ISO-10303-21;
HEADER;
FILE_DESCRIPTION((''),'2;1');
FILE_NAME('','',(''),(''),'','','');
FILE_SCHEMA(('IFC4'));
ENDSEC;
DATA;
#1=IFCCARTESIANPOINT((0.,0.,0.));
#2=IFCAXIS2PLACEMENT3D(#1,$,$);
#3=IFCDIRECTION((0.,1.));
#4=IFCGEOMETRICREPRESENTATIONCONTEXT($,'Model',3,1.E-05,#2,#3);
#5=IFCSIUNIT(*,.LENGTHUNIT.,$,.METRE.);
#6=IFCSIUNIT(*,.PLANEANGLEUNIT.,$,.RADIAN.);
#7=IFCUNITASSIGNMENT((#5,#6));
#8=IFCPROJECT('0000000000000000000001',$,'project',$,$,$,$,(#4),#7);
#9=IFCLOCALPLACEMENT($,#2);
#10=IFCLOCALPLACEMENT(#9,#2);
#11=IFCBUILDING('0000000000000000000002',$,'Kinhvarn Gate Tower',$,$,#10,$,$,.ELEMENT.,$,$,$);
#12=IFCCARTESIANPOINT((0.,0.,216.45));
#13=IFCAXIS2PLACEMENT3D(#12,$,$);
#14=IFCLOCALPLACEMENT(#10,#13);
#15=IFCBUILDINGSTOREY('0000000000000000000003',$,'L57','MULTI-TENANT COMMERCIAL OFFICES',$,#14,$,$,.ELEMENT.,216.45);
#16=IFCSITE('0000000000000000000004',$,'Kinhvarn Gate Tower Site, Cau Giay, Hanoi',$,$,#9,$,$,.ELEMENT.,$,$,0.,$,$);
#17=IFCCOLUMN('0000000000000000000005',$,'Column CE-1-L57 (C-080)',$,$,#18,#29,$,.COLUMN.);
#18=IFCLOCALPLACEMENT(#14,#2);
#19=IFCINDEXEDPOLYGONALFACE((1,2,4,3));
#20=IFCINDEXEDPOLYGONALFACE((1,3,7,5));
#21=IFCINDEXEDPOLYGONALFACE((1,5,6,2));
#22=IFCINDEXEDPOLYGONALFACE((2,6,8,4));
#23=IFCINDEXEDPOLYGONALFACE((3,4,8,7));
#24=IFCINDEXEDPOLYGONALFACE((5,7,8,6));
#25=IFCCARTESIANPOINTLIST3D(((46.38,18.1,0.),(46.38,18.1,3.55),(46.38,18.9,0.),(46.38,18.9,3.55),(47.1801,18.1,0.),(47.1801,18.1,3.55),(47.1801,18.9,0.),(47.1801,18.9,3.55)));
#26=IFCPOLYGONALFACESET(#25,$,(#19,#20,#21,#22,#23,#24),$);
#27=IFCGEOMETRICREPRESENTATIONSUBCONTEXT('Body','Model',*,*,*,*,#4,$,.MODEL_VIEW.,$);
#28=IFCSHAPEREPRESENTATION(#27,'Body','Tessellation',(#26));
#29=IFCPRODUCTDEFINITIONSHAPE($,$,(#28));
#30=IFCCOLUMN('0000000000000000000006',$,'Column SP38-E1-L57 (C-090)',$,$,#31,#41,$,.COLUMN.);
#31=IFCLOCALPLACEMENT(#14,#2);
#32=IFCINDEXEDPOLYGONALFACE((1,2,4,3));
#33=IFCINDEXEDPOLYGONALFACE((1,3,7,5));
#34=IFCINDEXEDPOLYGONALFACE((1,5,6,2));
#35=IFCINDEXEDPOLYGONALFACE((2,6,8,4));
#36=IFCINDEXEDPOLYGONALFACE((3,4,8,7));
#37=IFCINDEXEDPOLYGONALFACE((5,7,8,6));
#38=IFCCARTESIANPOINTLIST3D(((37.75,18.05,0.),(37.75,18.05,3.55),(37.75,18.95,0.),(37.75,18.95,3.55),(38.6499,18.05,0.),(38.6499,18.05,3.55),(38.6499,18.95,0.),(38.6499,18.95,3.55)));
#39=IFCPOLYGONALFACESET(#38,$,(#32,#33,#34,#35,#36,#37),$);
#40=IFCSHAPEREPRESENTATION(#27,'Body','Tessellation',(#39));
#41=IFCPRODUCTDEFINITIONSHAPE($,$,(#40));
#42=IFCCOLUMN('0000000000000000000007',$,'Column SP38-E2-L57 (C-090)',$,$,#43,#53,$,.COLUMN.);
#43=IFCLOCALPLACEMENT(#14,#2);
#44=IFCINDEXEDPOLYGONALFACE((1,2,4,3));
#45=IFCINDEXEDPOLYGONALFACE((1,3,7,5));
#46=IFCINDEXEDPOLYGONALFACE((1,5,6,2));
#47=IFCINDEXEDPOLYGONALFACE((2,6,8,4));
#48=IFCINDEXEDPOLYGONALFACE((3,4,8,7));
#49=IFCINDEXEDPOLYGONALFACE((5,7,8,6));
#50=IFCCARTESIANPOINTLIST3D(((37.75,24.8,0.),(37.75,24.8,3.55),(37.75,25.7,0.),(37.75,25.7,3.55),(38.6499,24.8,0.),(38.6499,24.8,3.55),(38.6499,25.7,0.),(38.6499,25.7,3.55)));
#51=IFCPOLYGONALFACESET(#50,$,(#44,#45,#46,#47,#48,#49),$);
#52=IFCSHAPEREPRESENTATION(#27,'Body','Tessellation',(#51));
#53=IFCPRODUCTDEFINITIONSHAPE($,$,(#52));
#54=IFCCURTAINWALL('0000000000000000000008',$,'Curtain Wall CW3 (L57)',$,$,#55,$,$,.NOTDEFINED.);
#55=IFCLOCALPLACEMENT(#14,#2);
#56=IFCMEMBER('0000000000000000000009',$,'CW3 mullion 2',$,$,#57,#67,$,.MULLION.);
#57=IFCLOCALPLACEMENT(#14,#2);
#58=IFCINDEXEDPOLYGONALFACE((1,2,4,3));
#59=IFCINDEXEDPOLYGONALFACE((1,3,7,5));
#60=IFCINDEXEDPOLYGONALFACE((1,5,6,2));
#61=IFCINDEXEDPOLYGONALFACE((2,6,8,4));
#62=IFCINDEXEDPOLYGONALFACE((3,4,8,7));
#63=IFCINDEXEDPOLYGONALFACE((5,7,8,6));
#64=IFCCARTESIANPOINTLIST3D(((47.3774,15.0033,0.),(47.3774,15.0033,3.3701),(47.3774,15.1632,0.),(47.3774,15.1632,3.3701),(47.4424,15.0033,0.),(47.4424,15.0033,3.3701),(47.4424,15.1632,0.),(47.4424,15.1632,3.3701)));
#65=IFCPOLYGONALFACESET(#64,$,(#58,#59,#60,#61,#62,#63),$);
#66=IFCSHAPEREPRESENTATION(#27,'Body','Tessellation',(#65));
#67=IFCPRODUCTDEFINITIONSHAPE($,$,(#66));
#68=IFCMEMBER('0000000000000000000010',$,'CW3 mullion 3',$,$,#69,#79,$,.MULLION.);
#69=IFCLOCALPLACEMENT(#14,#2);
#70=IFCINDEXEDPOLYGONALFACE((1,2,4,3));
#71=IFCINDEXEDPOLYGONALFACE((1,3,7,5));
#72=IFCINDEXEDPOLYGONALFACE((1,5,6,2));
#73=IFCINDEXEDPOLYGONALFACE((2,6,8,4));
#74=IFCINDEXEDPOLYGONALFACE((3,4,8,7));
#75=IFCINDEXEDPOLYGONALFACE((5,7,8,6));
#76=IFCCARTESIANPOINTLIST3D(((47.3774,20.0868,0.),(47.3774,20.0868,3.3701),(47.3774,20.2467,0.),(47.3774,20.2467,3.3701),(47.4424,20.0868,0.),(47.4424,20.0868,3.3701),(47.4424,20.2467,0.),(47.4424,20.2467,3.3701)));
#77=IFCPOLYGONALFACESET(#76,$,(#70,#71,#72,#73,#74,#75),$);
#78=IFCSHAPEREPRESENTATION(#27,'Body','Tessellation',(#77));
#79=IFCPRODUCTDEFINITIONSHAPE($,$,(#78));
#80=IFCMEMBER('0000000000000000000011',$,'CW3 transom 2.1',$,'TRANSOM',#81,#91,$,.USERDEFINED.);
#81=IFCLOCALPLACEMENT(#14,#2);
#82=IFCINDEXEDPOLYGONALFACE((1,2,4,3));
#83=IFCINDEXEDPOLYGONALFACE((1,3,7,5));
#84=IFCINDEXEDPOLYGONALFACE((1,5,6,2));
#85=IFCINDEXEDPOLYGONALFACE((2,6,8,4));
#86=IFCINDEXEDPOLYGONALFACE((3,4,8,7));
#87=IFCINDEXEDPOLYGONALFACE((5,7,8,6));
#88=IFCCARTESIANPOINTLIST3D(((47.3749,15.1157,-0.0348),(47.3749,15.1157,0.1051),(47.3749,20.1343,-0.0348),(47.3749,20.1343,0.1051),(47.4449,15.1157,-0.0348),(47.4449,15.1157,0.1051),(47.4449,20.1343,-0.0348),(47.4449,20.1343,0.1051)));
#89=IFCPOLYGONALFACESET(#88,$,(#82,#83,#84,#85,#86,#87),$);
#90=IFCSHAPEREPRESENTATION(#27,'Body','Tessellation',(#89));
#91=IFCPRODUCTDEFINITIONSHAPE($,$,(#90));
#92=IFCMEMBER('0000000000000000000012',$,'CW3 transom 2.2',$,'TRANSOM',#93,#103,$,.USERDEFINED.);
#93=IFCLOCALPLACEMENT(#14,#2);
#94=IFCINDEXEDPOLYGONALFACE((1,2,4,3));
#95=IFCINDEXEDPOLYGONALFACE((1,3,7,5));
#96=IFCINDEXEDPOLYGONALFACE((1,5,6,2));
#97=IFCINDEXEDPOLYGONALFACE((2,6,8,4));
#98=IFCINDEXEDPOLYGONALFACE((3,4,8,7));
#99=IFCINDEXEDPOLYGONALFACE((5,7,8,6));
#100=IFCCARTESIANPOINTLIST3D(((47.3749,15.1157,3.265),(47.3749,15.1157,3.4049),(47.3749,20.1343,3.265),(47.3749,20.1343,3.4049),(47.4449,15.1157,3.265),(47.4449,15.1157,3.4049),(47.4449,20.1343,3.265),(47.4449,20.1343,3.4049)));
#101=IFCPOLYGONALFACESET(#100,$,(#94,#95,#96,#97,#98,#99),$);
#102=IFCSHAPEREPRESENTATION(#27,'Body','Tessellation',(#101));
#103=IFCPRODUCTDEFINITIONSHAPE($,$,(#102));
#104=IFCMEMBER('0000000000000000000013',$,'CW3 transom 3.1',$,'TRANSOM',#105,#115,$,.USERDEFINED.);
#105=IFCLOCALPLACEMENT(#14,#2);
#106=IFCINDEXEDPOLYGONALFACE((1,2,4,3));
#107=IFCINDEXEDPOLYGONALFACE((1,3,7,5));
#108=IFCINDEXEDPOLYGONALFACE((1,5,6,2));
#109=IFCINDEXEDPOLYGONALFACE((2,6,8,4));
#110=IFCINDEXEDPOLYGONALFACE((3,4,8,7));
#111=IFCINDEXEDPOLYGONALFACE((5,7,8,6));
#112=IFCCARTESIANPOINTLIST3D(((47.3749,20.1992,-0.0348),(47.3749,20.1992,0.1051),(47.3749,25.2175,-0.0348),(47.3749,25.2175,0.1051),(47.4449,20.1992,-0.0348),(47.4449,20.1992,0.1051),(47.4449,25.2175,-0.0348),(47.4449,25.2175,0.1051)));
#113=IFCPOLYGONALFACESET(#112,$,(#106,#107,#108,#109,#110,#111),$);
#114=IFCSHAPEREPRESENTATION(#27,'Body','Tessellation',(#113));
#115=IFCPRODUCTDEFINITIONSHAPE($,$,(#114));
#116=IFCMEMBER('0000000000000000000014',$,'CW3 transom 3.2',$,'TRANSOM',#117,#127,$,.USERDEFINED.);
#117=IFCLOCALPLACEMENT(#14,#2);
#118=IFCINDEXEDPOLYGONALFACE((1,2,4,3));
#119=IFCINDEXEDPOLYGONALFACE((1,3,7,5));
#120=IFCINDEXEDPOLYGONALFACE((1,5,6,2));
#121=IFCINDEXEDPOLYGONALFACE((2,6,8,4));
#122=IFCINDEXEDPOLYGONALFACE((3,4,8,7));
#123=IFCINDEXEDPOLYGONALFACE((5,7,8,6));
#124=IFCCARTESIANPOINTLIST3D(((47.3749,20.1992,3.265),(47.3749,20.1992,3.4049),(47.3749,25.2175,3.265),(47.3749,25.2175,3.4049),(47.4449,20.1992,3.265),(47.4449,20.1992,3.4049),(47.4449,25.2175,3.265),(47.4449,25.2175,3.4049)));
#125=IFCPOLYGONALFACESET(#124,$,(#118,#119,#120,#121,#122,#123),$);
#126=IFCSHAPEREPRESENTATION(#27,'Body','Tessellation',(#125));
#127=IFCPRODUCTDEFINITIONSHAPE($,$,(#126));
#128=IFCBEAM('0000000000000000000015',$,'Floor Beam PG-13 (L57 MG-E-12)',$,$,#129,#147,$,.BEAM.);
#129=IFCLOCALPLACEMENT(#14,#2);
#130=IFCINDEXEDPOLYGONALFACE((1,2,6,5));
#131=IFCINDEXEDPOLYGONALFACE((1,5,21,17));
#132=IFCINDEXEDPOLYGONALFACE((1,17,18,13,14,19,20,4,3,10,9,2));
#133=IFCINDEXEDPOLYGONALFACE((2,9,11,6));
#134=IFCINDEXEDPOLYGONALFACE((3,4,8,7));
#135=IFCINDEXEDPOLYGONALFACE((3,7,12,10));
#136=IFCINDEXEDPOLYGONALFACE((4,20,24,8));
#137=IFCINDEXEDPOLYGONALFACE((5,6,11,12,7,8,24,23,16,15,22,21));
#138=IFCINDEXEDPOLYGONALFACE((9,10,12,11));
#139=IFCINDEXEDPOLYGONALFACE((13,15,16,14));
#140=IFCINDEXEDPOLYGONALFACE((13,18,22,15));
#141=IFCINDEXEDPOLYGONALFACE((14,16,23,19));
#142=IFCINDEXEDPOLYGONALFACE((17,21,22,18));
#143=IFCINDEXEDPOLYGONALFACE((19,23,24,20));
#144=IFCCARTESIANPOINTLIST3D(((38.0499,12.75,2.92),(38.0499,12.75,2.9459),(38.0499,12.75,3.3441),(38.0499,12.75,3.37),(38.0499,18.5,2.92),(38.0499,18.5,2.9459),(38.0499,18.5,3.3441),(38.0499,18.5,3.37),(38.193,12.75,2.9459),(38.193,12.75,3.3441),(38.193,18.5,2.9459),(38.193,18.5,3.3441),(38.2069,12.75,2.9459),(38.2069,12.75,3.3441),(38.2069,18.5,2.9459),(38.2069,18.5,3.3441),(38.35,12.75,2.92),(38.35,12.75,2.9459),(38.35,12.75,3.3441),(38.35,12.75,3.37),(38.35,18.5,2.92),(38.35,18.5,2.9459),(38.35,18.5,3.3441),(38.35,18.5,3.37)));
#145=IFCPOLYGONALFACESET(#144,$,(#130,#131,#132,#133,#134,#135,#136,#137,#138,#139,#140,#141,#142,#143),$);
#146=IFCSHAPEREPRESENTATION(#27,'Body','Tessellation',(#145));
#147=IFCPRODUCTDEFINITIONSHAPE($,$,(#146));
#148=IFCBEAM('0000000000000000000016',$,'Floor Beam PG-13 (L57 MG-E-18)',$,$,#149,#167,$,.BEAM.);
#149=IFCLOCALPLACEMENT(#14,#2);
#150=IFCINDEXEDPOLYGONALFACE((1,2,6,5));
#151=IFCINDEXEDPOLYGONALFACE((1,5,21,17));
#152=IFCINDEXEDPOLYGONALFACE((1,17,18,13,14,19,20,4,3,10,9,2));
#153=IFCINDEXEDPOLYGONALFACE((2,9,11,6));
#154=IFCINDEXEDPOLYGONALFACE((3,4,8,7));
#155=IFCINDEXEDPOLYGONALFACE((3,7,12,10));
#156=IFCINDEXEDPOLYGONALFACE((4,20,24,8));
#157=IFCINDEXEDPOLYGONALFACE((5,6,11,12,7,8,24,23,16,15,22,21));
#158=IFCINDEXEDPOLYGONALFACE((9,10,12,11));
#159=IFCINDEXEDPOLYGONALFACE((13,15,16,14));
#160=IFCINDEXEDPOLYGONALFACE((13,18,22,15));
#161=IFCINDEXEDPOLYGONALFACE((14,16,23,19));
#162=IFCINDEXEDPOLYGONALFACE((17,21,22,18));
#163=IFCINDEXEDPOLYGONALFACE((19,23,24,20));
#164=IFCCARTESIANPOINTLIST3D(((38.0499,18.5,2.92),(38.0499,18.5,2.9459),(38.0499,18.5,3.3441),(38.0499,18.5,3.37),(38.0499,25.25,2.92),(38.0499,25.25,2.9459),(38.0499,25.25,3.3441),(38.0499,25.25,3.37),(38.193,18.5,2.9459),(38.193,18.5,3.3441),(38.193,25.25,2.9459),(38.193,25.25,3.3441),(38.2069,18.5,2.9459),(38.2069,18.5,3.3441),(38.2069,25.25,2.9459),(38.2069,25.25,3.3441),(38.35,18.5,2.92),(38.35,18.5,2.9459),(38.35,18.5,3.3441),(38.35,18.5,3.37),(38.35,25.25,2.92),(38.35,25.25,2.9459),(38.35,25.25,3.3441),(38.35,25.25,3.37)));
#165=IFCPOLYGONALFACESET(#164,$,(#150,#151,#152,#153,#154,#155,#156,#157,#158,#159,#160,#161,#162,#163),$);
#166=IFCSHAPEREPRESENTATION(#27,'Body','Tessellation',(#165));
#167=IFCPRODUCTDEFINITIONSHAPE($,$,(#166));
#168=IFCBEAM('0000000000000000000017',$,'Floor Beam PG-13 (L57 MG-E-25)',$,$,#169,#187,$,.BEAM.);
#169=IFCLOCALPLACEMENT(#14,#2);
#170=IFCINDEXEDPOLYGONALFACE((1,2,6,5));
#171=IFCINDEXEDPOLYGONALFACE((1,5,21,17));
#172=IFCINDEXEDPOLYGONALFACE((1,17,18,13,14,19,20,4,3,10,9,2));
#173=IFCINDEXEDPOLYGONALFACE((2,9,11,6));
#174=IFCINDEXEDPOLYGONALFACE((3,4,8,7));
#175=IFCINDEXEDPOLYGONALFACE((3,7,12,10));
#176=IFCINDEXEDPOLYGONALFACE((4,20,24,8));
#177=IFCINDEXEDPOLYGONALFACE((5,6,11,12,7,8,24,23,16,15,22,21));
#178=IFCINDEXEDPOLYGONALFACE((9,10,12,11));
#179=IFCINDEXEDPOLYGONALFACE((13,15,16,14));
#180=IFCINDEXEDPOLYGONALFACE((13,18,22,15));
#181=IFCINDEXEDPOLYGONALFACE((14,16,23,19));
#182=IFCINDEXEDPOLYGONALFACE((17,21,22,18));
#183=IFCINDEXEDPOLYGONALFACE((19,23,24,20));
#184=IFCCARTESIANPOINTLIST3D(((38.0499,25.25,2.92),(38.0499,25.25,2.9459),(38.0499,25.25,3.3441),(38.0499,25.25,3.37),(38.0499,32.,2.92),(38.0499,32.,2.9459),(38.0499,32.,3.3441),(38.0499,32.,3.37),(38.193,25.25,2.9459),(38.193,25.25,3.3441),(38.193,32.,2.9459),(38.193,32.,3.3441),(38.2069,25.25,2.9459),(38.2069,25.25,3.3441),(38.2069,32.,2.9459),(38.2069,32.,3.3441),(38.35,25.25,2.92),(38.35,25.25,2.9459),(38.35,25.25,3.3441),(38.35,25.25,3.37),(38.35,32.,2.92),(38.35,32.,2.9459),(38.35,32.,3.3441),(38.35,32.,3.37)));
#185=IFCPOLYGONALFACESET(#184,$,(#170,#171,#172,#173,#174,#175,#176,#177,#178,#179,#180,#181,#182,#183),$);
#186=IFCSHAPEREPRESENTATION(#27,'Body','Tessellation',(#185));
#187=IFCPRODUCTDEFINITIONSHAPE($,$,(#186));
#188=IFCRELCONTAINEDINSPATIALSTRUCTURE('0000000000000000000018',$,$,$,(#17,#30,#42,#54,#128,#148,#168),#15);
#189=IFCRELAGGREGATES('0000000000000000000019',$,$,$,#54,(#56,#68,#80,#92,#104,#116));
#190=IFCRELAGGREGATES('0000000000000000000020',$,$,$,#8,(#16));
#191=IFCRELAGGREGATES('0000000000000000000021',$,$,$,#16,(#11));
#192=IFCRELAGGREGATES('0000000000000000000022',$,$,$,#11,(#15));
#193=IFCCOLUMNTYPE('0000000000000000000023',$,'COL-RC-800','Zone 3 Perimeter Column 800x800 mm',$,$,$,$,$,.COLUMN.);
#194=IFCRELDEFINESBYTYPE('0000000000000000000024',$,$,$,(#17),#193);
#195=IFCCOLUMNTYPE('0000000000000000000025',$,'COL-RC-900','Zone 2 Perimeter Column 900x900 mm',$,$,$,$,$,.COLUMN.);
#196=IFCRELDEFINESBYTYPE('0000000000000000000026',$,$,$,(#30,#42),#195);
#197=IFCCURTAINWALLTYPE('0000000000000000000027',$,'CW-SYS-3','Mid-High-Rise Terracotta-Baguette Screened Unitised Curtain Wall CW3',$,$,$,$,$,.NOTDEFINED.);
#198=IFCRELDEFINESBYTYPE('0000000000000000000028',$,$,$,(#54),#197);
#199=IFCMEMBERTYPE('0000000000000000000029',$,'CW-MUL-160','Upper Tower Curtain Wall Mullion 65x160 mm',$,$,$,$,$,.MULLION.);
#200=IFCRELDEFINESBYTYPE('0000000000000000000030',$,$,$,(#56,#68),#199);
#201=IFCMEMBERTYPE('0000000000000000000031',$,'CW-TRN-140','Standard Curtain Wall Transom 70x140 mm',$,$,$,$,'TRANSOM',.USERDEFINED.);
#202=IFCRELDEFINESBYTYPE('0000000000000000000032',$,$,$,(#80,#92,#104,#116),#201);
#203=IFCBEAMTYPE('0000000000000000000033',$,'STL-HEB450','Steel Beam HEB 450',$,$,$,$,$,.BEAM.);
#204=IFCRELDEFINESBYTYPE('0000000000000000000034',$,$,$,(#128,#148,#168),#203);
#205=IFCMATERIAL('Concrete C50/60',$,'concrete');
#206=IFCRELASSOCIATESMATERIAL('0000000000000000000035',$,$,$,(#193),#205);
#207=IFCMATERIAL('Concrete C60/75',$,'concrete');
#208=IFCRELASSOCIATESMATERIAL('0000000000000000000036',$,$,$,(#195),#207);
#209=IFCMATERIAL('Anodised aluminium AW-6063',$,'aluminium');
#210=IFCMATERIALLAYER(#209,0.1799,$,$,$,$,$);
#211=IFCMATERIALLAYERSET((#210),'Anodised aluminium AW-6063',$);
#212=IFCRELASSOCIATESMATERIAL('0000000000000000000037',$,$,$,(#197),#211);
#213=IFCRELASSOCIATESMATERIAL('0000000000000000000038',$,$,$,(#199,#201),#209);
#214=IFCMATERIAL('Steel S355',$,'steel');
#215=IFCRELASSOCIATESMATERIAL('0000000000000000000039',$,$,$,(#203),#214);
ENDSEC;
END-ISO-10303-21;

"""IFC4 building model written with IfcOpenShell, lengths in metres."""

from ifc_helpers import new_model, si_unit, direction, frame, origin, origin_2d, place, context, subcontext, project, spatial, rectangle, i_section, extrude, material, layer, layer_set, material_profile, profile_set, type_object, element, aggregate, save


model = new_model("IFC4")

# Units and contexts
model_context = context("Model", 3, precision=1e-05, world=origin(), true_north=direction((0.0, 1.0)))
body_context = subcontext(model_context, "Body", "Model", "MODEL_VIEW")
ifc_project = project(units=[si_unit("LENGTHUNIT", "METRE"), si_unit("PLANEANGLEUNIT", "RADIAN")], contexts=[model_context])

# Site, building, storey
site_placement = place(None, origin())
site = spatial("IfcSite", under=ifc_project, at=site_placement, Name="Kinhvarn Gate Tower Site, Cau Giay, Hanoi", CompositionType="ELEMENT", RefElevation=0.0)
building_placement = place(site_placement, origin())
building = spatial("IfcBuilding", under=site, at=building_placement, Name="Kinhvarn Gate Tower", CompositionType="ELEMENT")
storey_placement = place(building_placement, frame((0.0, 0.0, 216.45)))
storey = spatial("IfcBuildingStorey", under=building, at=storey_placement, Name="L57", Description="MULTI-TENANT COMMERCIAL OFFICES", CompositionType="ELEMENT", Elevation=216.45)

# Columns
ifc_material_1 = material(Name="Concrete C50/60", Category="concrete")
ifc_material_profile_1 = material_profile(ifc_material_1, rectangle(XDim=0.8, YDim=0.8, at=origin_2d()), Name="RC 800x800")
ifc_profile_set_1 = profile_set([ifc_material_profile_1], Name="Concrete C50/60")
column_type_1 = type_object("IfcColumnType", Name="COL-RC-800", Description="Zone 3 Perimeter Column 800x800 mm", PredefinedType="COLUMN", material=ifc_profile_set_1)
column_placement = place(storey_placement, frame((46.78, 18.5, 0.0), z_axis=(0.0, 0.0, 1.0), x_axis=(1.0, 0.0, 0.0)))
element("IfcColumn", 1, at=column_placement, inside=storey, type_object=column_type_1, Name="Column CE-1-L57 (C-080)", PredefinedType="COLUMN", context=body_context, shape_type="SweptSolid", body=[
    extrude(rectangle(XDim=0.8, YDim=0.8, at=origin_2d()), origin(), (0.0, 0.0, 1.0), 3.55),
])
ifc_material_2 = material(Name="Concrete C60/75", Category="concrete")
ifc_material_profile_2 = material_profile(ifc_material_2, rectangle(XDim=0.8999, YDim=0.8999, at=origin_2d()), Name="RC 900x900")
ifc_profile_set_2 = profile_set([ifc_material_profile_2], Name="Concrete C60/75")
column_type_2 = type_object("IfcColumnType", Name="COL-RC-900", Description="Zone 2 Perimeter Column 900x900 mm", PredefinedType="COLUMN", material=ifc_profile_set_2)
for number, where, z_axis, x_axis, name in (
    (2, (38.2, 18.5, 0.0), (0.0, 0.0, 1.0), (1.0, 0.0, 0.0), "Column SP38-E1-L57 (C-090)"),
    (3, (38.2, 25.25, 0.0), (0.0, 0.0, 1.0), (1.0, 0.0, 0.0), "Column SP38-E2-L57 (C-090)"),
):
    element("IfcColumn", number, at=place(storey_placement, frame(where, z_axis=z_axis, x_axis=x_axis)), inside=storey, type_object=column_type_2, Name=name, PredefinedType="COLUMN", context=body_context, shape_type="SweptSolid", body=[
        extrude(rectangle(XDim=0.8999, YDim=0.8999, at=origin_2d()), origin(), (0.0, 0.0, 1.0), 3.55),
    ])

# Curtain wall, members
ifc_material_3 = material(Name="Anodised aluminium AW-6063", Category="aluminium")
ifc_layer_1 = layer(ifc_material_3, 0.1799)
ifc_layer_set_1 = layer_set([ifc_layer_1], Name="Anodised aluminium AW-6063")
curtain_wall_type = type_object("IfcCurtainWallType", Name="CW-SYS-3", Description="Mid-High-Rise Terracotta-Baguette Screened Unitised Curtain Wall CW3", PredefinedType="NOTDEFINED", material=ifc_layer_set_1)
curtain_wall_placement = place(storey_placement, origin())
curtain_wall = element("IfcCurtainWall", 4, at=curtain_wall_placement, inside=storey, type_object=curtain_wall_type, Name="Curtain Wall CW3 (L57)", PredefinedType="NOTDEFINED")
ifc_material_profile_3 = material_profile(ifc_material_3, rectangle(XDim=0.0649, YDim=0.1599, at=origin_2d()), Name="ALU 65x160")
ifc_profile_set_3 = profile_set([ifc_material_profile_3], Name="Anodised aluminium AW-6063")
member_type_1 = type_object("IfcMemberType", Name="CW-MUL-160", Description="Upper Tower Curtain Wall Mullion 65x160 mm", PredefinedType="MULLION", material=ifc_profile_set_3)
member_1_placement = place(storey_placement, frame((47.4099, 15.0833, 0.0), z_axis=(0.0, 0.0, 1.0), x_axis=(-1.0, 0.0, 0.0)))
member_1 = element("IfcMember", 5, at=member_1_placement, type_object=member_type_1, Name="CW3 mullion 2", PredefinedType="MULLION", context=body_context, shape_type="SweptSolid", body=[
    extrude(rectangle(XDim=0.0649, YDim=0.1599, at=origin_2d()), origin(), (0.0, 0.0, 1.0), 3.3701),
])
member_2_placement = place(storey_placement, frame((47.4099, 20.1667, 0.0), z_axis=(0.0, 0.0, 1.0), x_axis=(-1.0, 0.0, 0.0)))
member_2 = element("IfcMember", 6, at=member_2_placement, type_object=member_type_1, Name="CW3 mullion 3", PredefinedType="MULLION", context=body_context, shape_type="SweptSolid", body=[
    extrude(rectangle(XDim=0.0649, YDim=0.1599, at=origin_2d()), origin(), (0.0, 0.0, 1.0), 3.3701),
])
ifc_material_profile_4 = material_profile(ifc_material_3, rectangle(XDim=0.0701, YDim=0.1399, at=origin_2d()), Name="ALU 70x140")
ifc_profile_set_4 = profile_set([ifc_material_profile_4], Name="Anodised aluminium AW-6063")
member_type_2 = type_object("IfcMemberType", Name="CW-TRN-140", Description="Standard Curtain Wall Transom 70x140 mm", ElementType="TRANSOM", PredefinedType="USERDEFINED", material=ifc_profile_set_4)
member_3_placement = place(storey_placement, frame((47.4099, 15.1157, 0.0352), z_axis=(0.0, 1.0, 0.0), x_axis=(-1.0, 0.0, 0.0)))
member_3 = element("IfcMember", 7, at=member_3_placement, type_object=member_type_2, Name="CW3 transom 2.1", ObjectType="TRANSOM", PredefinedType="USERDEFINED", context=body_context, shape_type="SweptSolid", body=[
    extrude(rectangle(XDim=0.0701, YDim=0.1399, at=origin_2d()), origin(), (0.0, 0.0, 1.0), 5.0186),
])
member_4_placement = place(storey_placement, frame((47.4099, 15.1157, 3.335), z_axis=(0.0, 1.0, 0.0), x_axis=(-1.0, 0.0, 0.0)))
member_4 = element("IfcMember", 8, at=member_4_placement, type_object=member_type_2, Name="CW3 transom 2.2", ObjectType="TRANSOM", PredefinedType="USERDEFINED", context=body_context, shape_type="SweptSolid", body=[
    extrude(rectangle(XDim=0.0701, YDim=0.1399, at=origin_2d()), origin(), (0.0, 0.0, 1.0), 5.0186),
])
member_5_placement = place(storey_placement, frame((47.4099, 20.1992, 0.0352), z_axis=(0.0, 1.0, 0.0), x_axis=(-1.0, 0.0, 0.0)))
member_5 = element("IfcMember", 9, at=member_5_placement, type_object=member_type_2, Name="CW3 transom 3.1", ObjectType="TRANSOM", PredefinedType="USERDEFINED", context=body_context, shape_type="SweptSolid", body=[
    extrude(rectangle(XDim=0.0701, YDim=0.1399, at=origin_2d()), origin(), (0.0, 0.0, 1.0), 5.0183),
])
member_6_placement = place(storey_placement, frame((47.4099, 20.1992, 3.335), z_axis=(0.0, 1.0, 0.0), x_axis=(-1.0, 0.0, 0.0)))
member_6 = element("IfcMember", 10, at=member_6_placement, type_object=member_type_2, Name="CW3 transom 3.2", ObjectType="TRANSOM", PredefinedType="USERDEFINED", context=body_context, shape_type="SweptSolid", body=[
    extrude(rectangle(XDim=0.0701, YDim=0.1399, at=origin_2d()), origin(), (0.0, 0.0, 1.0), 5.0183),
])

# Beams
ifc_material_4 = material(Name="Steel S355", Category="steel")
ifc_material_profile_5 = material_profile(ifc_material_4, i_section(OverallWidth=0.3, OverallDepth=0.45, WebThickness=0.0139, FlangeThickness=0.0259, at=origin_2d()), Name="HEB 450")
ifc_profile_set_5 = profile_set([ifc_material_profile_5], Name="Steel S355")
beam_type_1 = type_object("IfcBeamType", Name="STL-HEB450", Description="Steel Beam HEB 450", PredefinedType="BEAM", material=ifc_profile_set_5)
beam_1_placement = place(storey_placement, frame((38.2, 12.75, 3.145), z_axis=(0.0, 1.0, 0.0), x_axis=(-1.0, 0.0, 0.0)))
element("IfcBeam", 11, at=beam_1_placement, inside=storey, type_object=beam_type_1, Name="Floor Beam PG-13 (L57 MG-E-12)", PredefinedType="BEAM", context=body_context, shape_type="SweptSolid", body=[
    extrude(i_section(OverallWidth=0.3, OverallDepth=0.45, WebThickness=0.0139, FlangeThickness=0.0259, at=origin_2d()), origin(), (0.0, 0.0, 1.0), 5.75),
])
for number, where, z_axis, x_axis, name in (
    (12, (38.2, 18.5, 3.145), (0.0, 1.0, 0.0), (-1.0, 0.0, 0.0), "Floor Beam PG-13 (L57 MG-E-18)"),
    (13, (38.2, 25.25, 3.145), (0.0, 1.0, 0.0), (-1.0, 0.0, 0.0), "Floor Beam PG-13 (L57 MG-E-25)"),
):
    element("IfcBeam", number, at=place(storey_placement, frame(where, z_axis=z_axis, x_axis=x_axis)), inside=storey, type_object=beam_type_1, Name=name, PredefinedType="BEAM", context=body_context, shape_type="SweptSolid", body=[
        extrude(i_section(OverallWidth=0.3, OverallDepth=0.45, WebThickness=0.0139, FlangeThickness=0.0259, at=origin_2d()), origin(), (0.0, 0.0, 1.0), 6.75),
    ])

aggregate(curtain_wall, [member_1, member_2, member_3, member_4, member_5, member_6])

save(model, "model.ifc")
